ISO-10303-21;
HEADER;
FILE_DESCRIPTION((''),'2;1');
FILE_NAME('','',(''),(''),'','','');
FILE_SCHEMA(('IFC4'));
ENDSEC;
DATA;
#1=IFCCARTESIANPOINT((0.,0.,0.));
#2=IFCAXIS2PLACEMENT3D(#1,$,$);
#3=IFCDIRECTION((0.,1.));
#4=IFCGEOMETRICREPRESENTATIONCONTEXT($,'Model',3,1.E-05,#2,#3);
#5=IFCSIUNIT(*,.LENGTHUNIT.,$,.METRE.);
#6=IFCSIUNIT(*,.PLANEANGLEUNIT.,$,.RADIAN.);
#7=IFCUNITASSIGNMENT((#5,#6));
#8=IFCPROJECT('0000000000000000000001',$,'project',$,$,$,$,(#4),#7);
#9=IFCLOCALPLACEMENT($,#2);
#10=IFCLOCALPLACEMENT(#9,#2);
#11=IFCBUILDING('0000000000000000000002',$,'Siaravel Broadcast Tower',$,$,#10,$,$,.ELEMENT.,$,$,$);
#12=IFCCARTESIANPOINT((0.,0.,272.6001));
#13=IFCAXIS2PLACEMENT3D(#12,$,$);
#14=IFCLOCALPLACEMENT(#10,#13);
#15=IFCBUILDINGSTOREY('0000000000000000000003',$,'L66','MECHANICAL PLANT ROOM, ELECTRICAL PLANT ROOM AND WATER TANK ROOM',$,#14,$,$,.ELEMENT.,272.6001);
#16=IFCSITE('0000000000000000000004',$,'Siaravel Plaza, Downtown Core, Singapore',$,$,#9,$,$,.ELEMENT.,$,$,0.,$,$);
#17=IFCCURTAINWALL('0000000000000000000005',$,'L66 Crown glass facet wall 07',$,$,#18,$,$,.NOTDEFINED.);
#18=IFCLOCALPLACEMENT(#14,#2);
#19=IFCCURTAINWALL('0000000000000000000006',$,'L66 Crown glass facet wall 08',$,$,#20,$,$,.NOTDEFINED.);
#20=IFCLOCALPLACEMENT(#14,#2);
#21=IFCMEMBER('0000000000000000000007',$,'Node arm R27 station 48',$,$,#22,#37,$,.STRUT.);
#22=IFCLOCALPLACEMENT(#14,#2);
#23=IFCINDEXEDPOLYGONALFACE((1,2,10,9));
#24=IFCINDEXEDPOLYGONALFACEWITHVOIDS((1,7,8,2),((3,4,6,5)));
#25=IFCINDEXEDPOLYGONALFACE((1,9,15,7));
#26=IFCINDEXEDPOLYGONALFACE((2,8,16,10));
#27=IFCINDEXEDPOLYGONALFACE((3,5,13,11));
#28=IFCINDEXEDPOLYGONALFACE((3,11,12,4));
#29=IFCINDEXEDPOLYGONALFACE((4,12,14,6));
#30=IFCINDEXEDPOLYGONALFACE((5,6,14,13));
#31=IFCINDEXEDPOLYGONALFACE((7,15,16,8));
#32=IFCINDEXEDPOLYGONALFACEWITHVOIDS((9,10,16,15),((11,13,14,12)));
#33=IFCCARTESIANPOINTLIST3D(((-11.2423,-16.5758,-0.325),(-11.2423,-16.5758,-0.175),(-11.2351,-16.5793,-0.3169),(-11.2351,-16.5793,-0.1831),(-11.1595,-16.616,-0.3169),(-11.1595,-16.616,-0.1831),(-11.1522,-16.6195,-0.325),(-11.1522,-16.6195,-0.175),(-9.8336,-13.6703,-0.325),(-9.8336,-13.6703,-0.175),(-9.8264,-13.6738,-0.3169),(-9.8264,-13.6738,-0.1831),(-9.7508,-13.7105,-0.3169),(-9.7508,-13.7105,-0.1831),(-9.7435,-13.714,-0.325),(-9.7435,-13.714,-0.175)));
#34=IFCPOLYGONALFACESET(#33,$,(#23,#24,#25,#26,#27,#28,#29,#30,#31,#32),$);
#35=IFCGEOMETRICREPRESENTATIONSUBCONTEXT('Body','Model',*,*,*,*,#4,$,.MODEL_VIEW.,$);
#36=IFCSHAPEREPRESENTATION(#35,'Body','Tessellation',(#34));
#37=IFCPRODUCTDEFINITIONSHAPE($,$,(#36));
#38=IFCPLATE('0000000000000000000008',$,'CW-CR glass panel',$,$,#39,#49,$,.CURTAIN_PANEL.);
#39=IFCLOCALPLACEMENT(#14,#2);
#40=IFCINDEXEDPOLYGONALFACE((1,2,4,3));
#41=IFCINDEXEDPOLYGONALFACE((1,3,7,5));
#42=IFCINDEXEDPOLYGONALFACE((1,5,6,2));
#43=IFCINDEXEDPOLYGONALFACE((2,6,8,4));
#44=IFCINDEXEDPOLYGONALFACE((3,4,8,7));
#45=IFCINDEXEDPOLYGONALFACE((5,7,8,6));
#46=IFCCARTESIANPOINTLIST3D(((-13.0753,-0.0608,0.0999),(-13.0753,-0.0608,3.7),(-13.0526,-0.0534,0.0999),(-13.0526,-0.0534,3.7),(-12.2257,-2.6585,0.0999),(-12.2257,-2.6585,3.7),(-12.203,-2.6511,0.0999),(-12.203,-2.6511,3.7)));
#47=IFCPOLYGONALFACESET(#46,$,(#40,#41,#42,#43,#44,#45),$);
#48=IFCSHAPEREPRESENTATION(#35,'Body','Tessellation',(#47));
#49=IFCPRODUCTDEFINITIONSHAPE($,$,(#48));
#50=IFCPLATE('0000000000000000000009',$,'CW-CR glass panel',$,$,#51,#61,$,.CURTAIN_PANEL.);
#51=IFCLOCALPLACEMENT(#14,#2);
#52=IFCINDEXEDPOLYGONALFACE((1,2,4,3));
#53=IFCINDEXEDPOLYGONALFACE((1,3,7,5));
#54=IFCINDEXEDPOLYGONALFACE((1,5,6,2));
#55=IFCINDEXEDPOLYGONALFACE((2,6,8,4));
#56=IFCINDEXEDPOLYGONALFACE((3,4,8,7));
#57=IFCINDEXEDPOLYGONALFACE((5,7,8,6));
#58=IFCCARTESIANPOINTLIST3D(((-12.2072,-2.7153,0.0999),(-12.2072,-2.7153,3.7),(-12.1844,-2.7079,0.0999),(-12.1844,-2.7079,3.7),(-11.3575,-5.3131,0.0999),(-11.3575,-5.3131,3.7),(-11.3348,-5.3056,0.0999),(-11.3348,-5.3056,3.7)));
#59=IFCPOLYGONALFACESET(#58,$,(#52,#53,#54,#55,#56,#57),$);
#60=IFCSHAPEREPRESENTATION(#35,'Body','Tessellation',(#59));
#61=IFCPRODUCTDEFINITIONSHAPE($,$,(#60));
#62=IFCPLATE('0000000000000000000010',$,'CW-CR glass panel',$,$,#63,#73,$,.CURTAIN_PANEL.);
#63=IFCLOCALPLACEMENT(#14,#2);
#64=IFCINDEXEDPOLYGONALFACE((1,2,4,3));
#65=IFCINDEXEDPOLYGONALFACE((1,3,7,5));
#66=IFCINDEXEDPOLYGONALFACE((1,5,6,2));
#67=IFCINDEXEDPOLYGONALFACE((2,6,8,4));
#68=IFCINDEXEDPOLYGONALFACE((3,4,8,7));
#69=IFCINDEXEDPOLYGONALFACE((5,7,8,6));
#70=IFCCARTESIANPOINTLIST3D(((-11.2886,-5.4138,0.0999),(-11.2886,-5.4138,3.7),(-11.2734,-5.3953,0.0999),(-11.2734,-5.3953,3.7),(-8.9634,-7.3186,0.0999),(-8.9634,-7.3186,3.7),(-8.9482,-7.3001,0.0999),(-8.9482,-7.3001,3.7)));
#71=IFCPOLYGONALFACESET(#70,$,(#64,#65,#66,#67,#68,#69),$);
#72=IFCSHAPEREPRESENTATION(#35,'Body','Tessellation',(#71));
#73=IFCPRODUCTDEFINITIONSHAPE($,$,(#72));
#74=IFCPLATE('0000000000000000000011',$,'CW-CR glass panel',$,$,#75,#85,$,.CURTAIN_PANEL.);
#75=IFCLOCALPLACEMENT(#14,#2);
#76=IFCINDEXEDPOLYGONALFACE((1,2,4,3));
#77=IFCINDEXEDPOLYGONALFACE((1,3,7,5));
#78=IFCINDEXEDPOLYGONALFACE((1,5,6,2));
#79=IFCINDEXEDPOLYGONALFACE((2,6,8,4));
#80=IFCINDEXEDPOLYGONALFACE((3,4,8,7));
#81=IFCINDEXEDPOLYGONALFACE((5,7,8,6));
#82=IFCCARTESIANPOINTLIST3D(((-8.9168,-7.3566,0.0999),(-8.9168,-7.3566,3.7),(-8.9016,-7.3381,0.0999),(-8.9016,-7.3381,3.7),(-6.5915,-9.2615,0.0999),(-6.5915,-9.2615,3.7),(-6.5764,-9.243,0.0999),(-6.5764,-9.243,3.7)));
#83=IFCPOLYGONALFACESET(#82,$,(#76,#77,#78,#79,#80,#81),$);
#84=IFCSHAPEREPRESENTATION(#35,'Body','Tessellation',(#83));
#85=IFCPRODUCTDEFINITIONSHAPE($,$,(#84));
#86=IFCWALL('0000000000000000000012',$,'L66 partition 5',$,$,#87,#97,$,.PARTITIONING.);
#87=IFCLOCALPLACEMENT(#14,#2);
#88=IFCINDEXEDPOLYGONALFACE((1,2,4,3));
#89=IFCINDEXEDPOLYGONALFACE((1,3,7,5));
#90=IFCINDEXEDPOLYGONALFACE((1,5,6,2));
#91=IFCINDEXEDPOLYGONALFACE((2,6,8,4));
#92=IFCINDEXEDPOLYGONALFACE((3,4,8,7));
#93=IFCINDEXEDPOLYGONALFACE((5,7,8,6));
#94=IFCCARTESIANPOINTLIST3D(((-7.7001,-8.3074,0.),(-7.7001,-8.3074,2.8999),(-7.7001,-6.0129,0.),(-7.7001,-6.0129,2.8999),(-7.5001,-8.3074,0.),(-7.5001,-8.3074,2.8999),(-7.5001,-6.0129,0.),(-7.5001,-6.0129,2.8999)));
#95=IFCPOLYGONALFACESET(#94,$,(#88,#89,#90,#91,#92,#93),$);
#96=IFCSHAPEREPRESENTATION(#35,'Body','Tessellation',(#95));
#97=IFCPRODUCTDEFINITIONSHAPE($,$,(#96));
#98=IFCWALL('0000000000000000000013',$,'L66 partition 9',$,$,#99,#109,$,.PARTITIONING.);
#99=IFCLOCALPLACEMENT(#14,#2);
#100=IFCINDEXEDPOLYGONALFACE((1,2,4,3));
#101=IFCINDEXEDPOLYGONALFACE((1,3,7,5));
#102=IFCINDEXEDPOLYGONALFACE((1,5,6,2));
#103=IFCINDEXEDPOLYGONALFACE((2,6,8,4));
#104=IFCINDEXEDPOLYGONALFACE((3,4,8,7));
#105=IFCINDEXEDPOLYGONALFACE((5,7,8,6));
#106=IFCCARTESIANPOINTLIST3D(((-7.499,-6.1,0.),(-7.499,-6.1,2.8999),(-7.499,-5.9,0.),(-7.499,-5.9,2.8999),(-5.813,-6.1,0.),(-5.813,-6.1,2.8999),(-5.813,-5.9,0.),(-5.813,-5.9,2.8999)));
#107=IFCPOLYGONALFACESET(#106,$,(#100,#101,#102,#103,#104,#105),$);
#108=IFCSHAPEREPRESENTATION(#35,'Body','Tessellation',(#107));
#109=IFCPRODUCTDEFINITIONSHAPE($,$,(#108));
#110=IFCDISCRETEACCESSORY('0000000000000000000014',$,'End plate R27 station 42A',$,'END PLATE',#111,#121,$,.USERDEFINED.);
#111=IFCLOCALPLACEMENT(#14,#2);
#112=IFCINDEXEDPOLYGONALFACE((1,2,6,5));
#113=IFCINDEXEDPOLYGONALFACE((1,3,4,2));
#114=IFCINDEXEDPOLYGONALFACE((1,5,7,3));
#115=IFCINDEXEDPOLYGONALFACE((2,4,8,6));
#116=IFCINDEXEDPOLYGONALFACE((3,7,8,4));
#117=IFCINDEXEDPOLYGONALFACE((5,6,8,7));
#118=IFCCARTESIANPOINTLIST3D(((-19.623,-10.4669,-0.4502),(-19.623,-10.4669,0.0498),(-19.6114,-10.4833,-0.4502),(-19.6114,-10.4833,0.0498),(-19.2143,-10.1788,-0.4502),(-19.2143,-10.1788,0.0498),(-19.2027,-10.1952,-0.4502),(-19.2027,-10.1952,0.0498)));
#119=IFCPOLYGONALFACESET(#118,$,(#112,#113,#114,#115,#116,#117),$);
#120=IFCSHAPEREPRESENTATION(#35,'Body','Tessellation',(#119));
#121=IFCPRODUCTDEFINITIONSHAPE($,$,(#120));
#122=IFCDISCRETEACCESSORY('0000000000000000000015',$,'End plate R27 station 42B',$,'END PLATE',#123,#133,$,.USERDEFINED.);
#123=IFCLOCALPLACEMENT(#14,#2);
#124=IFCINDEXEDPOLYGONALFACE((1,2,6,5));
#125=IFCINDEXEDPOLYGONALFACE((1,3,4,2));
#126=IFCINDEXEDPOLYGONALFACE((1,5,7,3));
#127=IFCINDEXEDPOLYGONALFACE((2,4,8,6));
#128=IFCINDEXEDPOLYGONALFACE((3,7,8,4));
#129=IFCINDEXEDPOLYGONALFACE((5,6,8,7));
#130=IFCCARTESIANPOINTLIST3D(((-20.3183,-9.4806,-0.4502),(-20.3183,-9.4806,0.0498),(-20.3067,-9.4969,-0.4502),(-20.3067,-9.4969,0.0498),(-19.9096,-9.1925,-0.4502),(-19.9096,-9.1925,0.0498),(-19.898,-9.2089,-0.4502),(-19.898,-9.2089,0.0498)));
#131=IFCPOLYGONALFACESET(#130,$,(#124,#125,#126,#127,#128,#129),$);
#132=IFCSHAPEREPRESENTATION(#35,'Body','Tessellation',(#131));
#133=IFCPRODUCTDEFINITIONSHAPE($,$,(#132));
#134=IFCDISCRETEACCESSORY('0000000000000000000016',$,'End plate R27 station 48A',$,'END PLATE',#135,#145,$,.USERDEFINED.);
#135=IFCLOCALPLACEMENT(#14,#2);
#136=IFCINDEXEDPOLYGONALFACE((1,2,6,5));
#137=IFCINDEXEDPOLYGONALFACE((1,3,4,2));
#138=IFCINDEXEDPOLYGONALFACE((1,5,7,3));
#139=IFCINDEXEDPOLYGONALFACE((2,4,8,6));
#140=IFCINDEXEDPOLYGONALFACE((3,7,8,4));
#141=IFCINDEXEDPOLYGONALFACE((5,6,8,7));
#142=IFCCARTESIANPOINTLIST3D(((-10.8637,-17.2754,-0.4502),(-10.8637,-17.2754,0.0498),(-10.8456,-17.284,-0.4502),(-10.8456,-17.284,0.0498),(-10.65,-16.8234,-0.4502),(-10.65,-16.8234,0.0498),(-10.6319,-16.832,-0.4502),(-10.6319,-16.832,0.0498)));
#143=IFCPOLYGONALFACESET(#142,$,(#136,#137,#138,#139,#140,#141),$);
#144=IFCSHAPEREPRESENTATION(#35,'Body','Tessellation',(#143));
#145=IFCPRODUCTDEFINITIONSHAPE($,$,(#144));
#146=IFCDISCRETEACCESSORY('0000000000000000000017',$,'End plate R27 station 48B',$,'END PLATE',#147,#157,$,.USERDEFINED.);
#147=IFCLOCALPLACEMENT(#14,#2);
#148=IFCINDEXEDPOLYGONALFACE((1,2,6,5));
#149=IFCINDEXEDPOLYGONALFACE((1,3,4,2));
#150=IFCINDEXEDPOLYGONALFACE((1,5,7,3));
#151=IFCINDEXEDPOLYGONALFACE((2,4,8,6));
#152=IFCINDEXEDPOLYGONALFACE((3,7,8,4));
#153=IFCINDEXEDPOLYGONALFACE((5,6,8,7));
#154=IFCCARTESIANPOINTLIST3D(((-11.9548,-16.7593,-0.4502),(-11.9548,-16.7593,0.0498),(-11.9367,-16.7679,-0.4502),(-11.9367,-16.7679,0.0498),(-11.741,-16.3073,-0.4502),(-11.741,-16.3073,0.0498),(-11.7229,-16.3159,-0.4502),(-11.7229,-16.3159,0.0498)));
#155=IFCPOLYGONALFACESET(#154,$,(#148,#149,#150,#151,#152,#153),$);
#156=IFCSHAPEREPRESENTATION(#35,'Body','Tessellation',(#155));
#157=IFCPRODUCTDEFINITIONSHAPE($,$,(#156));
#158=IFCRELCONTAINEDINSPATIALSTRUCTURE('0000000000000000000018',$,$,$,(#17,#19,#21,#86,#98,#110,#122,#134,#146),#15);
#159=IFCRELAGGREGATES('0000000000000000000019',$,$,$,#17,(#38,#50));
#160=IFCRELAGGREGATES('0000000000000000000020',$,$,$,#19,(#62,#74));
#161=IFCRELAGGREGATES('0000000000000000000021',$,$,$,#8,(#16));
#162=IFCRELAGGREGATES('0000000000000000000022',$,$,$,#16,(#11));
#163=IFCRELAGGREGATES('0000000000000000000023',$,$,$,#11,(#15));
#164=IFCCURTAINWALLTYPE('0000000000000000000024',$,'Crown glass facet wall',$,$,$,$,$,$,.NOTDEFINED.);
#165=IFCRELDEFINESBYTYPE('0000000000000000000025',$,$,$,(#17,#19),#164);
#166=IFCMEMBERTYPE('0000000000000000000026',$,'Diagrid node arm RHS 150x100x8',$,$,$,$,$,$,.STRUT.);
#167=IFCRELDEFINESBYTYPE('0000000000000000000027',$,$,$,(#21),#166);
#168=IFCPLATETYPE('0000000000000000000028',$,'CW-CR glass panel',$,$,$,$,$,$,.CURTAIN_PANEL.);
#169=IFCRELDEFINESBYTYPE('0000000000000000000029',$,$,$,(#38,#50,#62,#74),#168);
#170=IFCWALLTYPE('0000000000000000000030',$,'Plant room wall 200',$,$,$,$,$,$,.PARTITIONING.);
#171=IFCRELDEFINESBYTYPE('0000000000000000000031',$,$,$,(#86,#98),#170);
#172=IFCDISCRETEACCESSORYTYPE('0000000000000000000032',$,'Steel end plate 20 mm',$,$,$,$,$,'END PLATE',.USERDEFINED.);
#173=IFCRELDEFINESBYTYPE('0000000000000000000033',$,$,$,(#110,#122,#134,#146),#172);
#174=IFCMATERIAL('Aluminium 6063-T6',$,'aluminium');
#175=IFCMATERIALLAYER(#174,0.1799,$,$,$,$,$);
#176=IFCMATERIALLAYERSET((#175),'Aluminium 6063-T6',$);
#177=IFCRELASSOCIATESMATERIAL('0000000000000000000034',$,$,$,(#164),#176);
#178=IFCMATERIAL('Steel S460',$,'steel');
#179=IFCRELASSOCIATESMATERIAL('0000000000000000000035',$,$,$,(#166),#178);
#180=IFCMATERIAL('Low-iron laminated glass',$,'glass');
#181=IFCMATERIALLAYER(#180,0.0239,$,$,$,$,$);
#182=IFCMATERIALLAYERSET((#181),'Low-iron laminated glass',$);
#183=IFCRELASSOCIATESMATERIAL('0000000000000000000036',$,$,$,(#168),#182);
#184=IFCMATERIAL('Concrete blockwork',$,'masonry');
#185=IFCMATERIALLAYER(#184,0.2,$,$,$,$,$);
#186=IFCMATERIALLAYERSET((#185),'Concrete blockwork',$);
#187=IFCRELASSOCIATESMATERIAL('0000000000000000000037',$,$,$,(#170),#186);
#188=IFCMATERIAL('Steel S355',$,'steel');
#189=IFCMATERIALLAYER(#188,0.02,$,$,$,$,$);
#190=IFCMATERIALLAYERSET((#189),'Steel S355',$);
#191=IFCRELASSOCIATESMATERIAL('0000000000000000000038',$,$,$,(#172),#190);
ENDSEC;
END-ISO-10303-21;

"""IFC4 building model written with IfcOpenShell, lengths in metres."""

from ifc_helpers import new_model, si_unit, direction, frame, frame_2d, origin, origin_2d, place, context, subcontext, project, spatial, rectangle, hollow_rectangle, extrude, material, layer, layer_set, material_profile, profile_set, type_object, element, aggregate, save


model = new_model("IFC4")

# Units and contexts
model_context = context("Model", 3, precision=1e-05, world=origin(), true_north=direction((0.0, 1.0)))
body_context = subcontext(model_context, "Body", "Model", "MODEL_VIEW")
ifc_project = project(units=[si_unit("LENGTHUNIT", "METRE"), si_unit("PLANEANGLEUNIT", "RADIAN")], contexts=[model_context])

# Site, building, storey
site_placement = place(None, origin())
site = spatial("IfcSite", under=ifc_project, at=site_placement, Name="Siaravel Plaza, Downtown Core, Singapore", CompositionType="ELEMENT", RefElevation=0.0)
building_placement = place(site_placement, origin())
building = spatial("IfcBuilding", under=site, at=building_placement, Name="Siaravel Broadcast Tower", CompositionType="ELEMENT")
storey_placement = place(building_placement, frame((0.0, 0.0, 272.6001)))
storey = spatial("IfcBuildingStorey", under=building, at=storey_placement, Name="L66", Description="MECHANICAL PLANT ROOM, ELECTRICAL PLANT ROOM AND WATER TANK ROOM", CompositionType="ELEMENT", Elevation=272.6001)

# Curtain walls
ifc_material_1 = material(Name="Aluminium 6063-T6", Category="aluminium")
ifc_layer_1 = layer(ifc_material_1, 0.1799)
ifc_layer_set_1 = layer_set([ifc_layer_1], Name="Aluminium 6063-T6")
curtain_wall_type = type_object("IfcCurtainWallType", Name="Crown glass facet wall", PredefinedType="NOTDEFINED", material=ifc_layer_set_1)
curtain_wall_1_placement = place(storey_placement, origin())
curtain_wall_1 = element("IfcCurtainWall", 1, at=curtain_wall_1_placement, inside=storey, type_object=curtain_wall_type, Name="L66 Crown glass facet wall 07", PredefinedType="NOTDEFINED")
curtain_wall_2_placement = place(storey_placement, origin())
curtain_wall_2 = element("IfcCurtainWall", 2, at=curtain_wall_2_placement, inside=storey, type_object=curtain_wall_type, Name="L66 Crown glass facet wall 08", PredefinedType="NOTDEFINED")

# Member
ifc_material_2 = material(Name="Steel S460", Category="steel")
ifc_material_profile_1 = material_profile(ifc_material_2, hollow_rectangle(XDim=0.1001, YDim=0.1499, WallThickness=0.0081, at=origin_2d()))
ifc_profile_set_1 = profile_set([ifc_material_profile_1], Name="Steel S460")
member_type_1 = type_object("IfcMemberType", Name="Diagrid node arm RHS 150x100x8", PredefinedType="STRUT", material=ifc_profile_set_1)
member_1_placement = place(storey_placement, frame((-9.7886, -13.6921, -0.25), z_axis=(-0.436262, -0.89982, 0.0), x_axis=(0.89982, -0.436262, 0.0)))
element("IfcMember", 3, at=member_1_placement, inside=storey, type_object=member_type_1, Name="Node arm R27 station 48", PredefinedType="STRUT", context=body_context, shape_type="SweptSolid", body=[
    extrude(hollow_rectangle(XDim=0.1001, YDim=0.1499, WallThickness=0.0081, at=origin_2d()), origin(), (0.0, 0.0, 1.0), 3.229),
])

# Plates
ifc_material_3 = material(Name="Low-iron laminated glass", Category="glass")
ifc_layer_2 = layer(ifc_material_3, 0.0239)
ifc_layer_set_2 = layer_set([ifc_layer_2], Name="Low-iron laminated glass")
plate_type = type_object("IfcPlateType", Name="CW-CR glass panel", PredefinedType="CURTAIN_PANEL", material=ifc_layer_set_2)
plate_1_placement = place(storey_placement, frame((-12.6392, -1.356, 0.0999), z_axis=(0.0, 0.0, 1.0), x_axis=(0.310862, -0.950455, 0.0)))
plate_1 = element("IfcPlate", 4, at=plate_1_placement, type_object=plate_type, Name="CW-CR glass panel", PredefinedType="CURTAIN_PANEL", context=body_context, shape_type="SweptSolid", body=[
    extrude(rectangle(XDim=2.7332, YDim=0.0239, at=origin_2d()), origin(), (0.0, 0.0, 1.0), 3.6001),
])
plate_2_placement = place(storey_placement, frame((-11.771, -4.0105, 0.0999), z_axis=(0.0, 0.0, 1.0), x_axis=(0.310862, -0.950455, 0.0)))
plate_2 = element("IfcPlate", 5, at=plate_2_placement, type_object=plate_type, Name="CW-CR glass panel", PredefinedType="CURTAIN_PANEL", context=body_context, shape_type="SweptSolid", body=[
    extrude(rectangle(XDim=2.7332, YDim=0.0239, at=origin_2d()), origin(), (0.0, 0.0, 1.0), 3.6001),
])
aggregate(curtain_wall_1, [plate_1, plate_2])
plate_3_placement = place(storey_placement, frame((-10.1184, -6.3569, 0.0999), z_axis=(0.0, 0.0, 1.0), x_axis=(0.773569, -0.633712, 0.0)))
plate_3 = element("IfcPlate", 6, at=plate_3_placement, type_object=plate_type, Name="CW-CR glass panel", PredefinedType="CURTAIN_PANEL", context=body_context, shape_type="SweptSolid", body=[
    extrude(rectangle(XDim=3.0059, YDim=0.0239, at=origin_2d()), origin(), (0.0, 0.0, 1.0), 3.6001),
])
plate_4_placement = place(storey_placement, frame((-7.7466, -8.2998, 0.0999), z_axis=(0.0, 0.0, 1.0), x_axis=(0.773569, -0.633712, 0.0)))
plate_4 = element("IfcPlate", 7, at=plate_4_placement, type_object=plate_type, Name="CW-CR glass panel", PredefinedType="CURTAIN_PANEL", context=body_context, shape_type="SweptSolid", body=[
    extrude(rectangle(XDim=3.0059, YDim=0.0239, at=origin_2d()), origin(), (0.0, 0.0, 1.0), 3.6001),
])
aggregate(curtain_wall_2, [plate_3, plate_4])

# Walls
ifc_material_4 = material(Name="Concrete blockwork", Category="masonry")
ifc_layer_3 = layer(ifc_material_4, 0.2)
ifc_layer_set_3 = layer_set([ifc_layer_3], Name="Concrete blockwork")
wall_type = type_object("IfcWallType", Name="Plant room wall 200", PredefinedType="PARTITIONING", material=ifc_layer_set_3)
wall_1_placement = place(storey_placement, frame((-7.6001, -8.3074, 0.0), z_axis=(0.0, 0.0, 1.0), x_axis=(0.0, 1.0, 0.0)))
element("IfcWall", 8, at=wall_1_placement, inside=storey, type_object=wall_type, Name="L66 partition 5", PredefinedType="PARTITIONING", context=body_context, shape_type="SweptSolid", body=[
    extrude(rectangle(XDim=2.2944, YDim=0.2, at=frame_2d((1.1472, 0.0))), origin(), (0.0, 0.0, 1.0), 2.8999),
])
wall_2_placement = place(storey_placement, frame((-7.499, -6.0, 0.0), z_axis=(0.0, 0.0, 1.0), x_axis=(1.0, 0.0, 0.0)))
element("IfcWall", 9, at=wall_2_placement, inside=storey, type_object=wall_type, Name="L66 partition 9", PredefinedType="PARTITIONING", context=body_context, shape_type="SweptSolid", body=[
    extrude(rectangle(XDim=1.686, YDim=0.2, at=frame_2d((0.843, 0.0))), origin(), (0.0, 0.0, 1.0), 2.8999),
])

# Discrete accessories
ifc_material_5 = material(Name="Steel S355", Category="steel")
ifc_layer_4 = layer(ifc_material_5, 0.02)
ifc_layer_set_4 = layer_set([ifc_layer_4], Name="Steel S355")
discrete_accessory_type = type_object("IfcDiscreteAccessoryType", Name="Steel end plate 20 mm", ElementType="END PLATE", PredefinedType="USERDEFINED", material=ifc_layer_set_4)
for number, where, z_axis, x_axis, name in (
    (10, (-19.4128, -10.3311, -0.4502), (0.0, 0.0, 1.0), (0.576119, -0.817366, 0.0), "End plate R27 station 42A"),
    (11, (-20.1082, -9.3447, -0.4502), (0.0, 0.0, 1.0), (0.576119, -0.817366, 0.0), "End plate R27 station 42B"),
    (12, (-10.7478, -17.0537, -0.4502), (0.0, 0.0, 1.0), (0.904006, -0.427519, 0.0), "End plate R27 station 48A"),
    (13, (-11.8389, -16.5376, -0.4502), (0.0, 0.0, 1.0), (0.904006, -0.427519, 0.0), "End plate R27 station 48B"),
):
    element("IfcDiscreteAccessory", number, at=place(storey_placement, frame(where, z_axis=z_axis, x_axis=x_axis)), inside=storey, type_object=discrete_accessory_type, Name=name, ObjectType="END PLATE", PredefinedType="USERDEFINED", context=body_context, shape_type="SweptSolid", body=[
        extrude(rectangle(XDim=0.02, YDim=0.5, at=origin_2d()), origin(), (0.0, 0.0, 1.0), 0.5),
    ])

save(model, "model.ifc")
